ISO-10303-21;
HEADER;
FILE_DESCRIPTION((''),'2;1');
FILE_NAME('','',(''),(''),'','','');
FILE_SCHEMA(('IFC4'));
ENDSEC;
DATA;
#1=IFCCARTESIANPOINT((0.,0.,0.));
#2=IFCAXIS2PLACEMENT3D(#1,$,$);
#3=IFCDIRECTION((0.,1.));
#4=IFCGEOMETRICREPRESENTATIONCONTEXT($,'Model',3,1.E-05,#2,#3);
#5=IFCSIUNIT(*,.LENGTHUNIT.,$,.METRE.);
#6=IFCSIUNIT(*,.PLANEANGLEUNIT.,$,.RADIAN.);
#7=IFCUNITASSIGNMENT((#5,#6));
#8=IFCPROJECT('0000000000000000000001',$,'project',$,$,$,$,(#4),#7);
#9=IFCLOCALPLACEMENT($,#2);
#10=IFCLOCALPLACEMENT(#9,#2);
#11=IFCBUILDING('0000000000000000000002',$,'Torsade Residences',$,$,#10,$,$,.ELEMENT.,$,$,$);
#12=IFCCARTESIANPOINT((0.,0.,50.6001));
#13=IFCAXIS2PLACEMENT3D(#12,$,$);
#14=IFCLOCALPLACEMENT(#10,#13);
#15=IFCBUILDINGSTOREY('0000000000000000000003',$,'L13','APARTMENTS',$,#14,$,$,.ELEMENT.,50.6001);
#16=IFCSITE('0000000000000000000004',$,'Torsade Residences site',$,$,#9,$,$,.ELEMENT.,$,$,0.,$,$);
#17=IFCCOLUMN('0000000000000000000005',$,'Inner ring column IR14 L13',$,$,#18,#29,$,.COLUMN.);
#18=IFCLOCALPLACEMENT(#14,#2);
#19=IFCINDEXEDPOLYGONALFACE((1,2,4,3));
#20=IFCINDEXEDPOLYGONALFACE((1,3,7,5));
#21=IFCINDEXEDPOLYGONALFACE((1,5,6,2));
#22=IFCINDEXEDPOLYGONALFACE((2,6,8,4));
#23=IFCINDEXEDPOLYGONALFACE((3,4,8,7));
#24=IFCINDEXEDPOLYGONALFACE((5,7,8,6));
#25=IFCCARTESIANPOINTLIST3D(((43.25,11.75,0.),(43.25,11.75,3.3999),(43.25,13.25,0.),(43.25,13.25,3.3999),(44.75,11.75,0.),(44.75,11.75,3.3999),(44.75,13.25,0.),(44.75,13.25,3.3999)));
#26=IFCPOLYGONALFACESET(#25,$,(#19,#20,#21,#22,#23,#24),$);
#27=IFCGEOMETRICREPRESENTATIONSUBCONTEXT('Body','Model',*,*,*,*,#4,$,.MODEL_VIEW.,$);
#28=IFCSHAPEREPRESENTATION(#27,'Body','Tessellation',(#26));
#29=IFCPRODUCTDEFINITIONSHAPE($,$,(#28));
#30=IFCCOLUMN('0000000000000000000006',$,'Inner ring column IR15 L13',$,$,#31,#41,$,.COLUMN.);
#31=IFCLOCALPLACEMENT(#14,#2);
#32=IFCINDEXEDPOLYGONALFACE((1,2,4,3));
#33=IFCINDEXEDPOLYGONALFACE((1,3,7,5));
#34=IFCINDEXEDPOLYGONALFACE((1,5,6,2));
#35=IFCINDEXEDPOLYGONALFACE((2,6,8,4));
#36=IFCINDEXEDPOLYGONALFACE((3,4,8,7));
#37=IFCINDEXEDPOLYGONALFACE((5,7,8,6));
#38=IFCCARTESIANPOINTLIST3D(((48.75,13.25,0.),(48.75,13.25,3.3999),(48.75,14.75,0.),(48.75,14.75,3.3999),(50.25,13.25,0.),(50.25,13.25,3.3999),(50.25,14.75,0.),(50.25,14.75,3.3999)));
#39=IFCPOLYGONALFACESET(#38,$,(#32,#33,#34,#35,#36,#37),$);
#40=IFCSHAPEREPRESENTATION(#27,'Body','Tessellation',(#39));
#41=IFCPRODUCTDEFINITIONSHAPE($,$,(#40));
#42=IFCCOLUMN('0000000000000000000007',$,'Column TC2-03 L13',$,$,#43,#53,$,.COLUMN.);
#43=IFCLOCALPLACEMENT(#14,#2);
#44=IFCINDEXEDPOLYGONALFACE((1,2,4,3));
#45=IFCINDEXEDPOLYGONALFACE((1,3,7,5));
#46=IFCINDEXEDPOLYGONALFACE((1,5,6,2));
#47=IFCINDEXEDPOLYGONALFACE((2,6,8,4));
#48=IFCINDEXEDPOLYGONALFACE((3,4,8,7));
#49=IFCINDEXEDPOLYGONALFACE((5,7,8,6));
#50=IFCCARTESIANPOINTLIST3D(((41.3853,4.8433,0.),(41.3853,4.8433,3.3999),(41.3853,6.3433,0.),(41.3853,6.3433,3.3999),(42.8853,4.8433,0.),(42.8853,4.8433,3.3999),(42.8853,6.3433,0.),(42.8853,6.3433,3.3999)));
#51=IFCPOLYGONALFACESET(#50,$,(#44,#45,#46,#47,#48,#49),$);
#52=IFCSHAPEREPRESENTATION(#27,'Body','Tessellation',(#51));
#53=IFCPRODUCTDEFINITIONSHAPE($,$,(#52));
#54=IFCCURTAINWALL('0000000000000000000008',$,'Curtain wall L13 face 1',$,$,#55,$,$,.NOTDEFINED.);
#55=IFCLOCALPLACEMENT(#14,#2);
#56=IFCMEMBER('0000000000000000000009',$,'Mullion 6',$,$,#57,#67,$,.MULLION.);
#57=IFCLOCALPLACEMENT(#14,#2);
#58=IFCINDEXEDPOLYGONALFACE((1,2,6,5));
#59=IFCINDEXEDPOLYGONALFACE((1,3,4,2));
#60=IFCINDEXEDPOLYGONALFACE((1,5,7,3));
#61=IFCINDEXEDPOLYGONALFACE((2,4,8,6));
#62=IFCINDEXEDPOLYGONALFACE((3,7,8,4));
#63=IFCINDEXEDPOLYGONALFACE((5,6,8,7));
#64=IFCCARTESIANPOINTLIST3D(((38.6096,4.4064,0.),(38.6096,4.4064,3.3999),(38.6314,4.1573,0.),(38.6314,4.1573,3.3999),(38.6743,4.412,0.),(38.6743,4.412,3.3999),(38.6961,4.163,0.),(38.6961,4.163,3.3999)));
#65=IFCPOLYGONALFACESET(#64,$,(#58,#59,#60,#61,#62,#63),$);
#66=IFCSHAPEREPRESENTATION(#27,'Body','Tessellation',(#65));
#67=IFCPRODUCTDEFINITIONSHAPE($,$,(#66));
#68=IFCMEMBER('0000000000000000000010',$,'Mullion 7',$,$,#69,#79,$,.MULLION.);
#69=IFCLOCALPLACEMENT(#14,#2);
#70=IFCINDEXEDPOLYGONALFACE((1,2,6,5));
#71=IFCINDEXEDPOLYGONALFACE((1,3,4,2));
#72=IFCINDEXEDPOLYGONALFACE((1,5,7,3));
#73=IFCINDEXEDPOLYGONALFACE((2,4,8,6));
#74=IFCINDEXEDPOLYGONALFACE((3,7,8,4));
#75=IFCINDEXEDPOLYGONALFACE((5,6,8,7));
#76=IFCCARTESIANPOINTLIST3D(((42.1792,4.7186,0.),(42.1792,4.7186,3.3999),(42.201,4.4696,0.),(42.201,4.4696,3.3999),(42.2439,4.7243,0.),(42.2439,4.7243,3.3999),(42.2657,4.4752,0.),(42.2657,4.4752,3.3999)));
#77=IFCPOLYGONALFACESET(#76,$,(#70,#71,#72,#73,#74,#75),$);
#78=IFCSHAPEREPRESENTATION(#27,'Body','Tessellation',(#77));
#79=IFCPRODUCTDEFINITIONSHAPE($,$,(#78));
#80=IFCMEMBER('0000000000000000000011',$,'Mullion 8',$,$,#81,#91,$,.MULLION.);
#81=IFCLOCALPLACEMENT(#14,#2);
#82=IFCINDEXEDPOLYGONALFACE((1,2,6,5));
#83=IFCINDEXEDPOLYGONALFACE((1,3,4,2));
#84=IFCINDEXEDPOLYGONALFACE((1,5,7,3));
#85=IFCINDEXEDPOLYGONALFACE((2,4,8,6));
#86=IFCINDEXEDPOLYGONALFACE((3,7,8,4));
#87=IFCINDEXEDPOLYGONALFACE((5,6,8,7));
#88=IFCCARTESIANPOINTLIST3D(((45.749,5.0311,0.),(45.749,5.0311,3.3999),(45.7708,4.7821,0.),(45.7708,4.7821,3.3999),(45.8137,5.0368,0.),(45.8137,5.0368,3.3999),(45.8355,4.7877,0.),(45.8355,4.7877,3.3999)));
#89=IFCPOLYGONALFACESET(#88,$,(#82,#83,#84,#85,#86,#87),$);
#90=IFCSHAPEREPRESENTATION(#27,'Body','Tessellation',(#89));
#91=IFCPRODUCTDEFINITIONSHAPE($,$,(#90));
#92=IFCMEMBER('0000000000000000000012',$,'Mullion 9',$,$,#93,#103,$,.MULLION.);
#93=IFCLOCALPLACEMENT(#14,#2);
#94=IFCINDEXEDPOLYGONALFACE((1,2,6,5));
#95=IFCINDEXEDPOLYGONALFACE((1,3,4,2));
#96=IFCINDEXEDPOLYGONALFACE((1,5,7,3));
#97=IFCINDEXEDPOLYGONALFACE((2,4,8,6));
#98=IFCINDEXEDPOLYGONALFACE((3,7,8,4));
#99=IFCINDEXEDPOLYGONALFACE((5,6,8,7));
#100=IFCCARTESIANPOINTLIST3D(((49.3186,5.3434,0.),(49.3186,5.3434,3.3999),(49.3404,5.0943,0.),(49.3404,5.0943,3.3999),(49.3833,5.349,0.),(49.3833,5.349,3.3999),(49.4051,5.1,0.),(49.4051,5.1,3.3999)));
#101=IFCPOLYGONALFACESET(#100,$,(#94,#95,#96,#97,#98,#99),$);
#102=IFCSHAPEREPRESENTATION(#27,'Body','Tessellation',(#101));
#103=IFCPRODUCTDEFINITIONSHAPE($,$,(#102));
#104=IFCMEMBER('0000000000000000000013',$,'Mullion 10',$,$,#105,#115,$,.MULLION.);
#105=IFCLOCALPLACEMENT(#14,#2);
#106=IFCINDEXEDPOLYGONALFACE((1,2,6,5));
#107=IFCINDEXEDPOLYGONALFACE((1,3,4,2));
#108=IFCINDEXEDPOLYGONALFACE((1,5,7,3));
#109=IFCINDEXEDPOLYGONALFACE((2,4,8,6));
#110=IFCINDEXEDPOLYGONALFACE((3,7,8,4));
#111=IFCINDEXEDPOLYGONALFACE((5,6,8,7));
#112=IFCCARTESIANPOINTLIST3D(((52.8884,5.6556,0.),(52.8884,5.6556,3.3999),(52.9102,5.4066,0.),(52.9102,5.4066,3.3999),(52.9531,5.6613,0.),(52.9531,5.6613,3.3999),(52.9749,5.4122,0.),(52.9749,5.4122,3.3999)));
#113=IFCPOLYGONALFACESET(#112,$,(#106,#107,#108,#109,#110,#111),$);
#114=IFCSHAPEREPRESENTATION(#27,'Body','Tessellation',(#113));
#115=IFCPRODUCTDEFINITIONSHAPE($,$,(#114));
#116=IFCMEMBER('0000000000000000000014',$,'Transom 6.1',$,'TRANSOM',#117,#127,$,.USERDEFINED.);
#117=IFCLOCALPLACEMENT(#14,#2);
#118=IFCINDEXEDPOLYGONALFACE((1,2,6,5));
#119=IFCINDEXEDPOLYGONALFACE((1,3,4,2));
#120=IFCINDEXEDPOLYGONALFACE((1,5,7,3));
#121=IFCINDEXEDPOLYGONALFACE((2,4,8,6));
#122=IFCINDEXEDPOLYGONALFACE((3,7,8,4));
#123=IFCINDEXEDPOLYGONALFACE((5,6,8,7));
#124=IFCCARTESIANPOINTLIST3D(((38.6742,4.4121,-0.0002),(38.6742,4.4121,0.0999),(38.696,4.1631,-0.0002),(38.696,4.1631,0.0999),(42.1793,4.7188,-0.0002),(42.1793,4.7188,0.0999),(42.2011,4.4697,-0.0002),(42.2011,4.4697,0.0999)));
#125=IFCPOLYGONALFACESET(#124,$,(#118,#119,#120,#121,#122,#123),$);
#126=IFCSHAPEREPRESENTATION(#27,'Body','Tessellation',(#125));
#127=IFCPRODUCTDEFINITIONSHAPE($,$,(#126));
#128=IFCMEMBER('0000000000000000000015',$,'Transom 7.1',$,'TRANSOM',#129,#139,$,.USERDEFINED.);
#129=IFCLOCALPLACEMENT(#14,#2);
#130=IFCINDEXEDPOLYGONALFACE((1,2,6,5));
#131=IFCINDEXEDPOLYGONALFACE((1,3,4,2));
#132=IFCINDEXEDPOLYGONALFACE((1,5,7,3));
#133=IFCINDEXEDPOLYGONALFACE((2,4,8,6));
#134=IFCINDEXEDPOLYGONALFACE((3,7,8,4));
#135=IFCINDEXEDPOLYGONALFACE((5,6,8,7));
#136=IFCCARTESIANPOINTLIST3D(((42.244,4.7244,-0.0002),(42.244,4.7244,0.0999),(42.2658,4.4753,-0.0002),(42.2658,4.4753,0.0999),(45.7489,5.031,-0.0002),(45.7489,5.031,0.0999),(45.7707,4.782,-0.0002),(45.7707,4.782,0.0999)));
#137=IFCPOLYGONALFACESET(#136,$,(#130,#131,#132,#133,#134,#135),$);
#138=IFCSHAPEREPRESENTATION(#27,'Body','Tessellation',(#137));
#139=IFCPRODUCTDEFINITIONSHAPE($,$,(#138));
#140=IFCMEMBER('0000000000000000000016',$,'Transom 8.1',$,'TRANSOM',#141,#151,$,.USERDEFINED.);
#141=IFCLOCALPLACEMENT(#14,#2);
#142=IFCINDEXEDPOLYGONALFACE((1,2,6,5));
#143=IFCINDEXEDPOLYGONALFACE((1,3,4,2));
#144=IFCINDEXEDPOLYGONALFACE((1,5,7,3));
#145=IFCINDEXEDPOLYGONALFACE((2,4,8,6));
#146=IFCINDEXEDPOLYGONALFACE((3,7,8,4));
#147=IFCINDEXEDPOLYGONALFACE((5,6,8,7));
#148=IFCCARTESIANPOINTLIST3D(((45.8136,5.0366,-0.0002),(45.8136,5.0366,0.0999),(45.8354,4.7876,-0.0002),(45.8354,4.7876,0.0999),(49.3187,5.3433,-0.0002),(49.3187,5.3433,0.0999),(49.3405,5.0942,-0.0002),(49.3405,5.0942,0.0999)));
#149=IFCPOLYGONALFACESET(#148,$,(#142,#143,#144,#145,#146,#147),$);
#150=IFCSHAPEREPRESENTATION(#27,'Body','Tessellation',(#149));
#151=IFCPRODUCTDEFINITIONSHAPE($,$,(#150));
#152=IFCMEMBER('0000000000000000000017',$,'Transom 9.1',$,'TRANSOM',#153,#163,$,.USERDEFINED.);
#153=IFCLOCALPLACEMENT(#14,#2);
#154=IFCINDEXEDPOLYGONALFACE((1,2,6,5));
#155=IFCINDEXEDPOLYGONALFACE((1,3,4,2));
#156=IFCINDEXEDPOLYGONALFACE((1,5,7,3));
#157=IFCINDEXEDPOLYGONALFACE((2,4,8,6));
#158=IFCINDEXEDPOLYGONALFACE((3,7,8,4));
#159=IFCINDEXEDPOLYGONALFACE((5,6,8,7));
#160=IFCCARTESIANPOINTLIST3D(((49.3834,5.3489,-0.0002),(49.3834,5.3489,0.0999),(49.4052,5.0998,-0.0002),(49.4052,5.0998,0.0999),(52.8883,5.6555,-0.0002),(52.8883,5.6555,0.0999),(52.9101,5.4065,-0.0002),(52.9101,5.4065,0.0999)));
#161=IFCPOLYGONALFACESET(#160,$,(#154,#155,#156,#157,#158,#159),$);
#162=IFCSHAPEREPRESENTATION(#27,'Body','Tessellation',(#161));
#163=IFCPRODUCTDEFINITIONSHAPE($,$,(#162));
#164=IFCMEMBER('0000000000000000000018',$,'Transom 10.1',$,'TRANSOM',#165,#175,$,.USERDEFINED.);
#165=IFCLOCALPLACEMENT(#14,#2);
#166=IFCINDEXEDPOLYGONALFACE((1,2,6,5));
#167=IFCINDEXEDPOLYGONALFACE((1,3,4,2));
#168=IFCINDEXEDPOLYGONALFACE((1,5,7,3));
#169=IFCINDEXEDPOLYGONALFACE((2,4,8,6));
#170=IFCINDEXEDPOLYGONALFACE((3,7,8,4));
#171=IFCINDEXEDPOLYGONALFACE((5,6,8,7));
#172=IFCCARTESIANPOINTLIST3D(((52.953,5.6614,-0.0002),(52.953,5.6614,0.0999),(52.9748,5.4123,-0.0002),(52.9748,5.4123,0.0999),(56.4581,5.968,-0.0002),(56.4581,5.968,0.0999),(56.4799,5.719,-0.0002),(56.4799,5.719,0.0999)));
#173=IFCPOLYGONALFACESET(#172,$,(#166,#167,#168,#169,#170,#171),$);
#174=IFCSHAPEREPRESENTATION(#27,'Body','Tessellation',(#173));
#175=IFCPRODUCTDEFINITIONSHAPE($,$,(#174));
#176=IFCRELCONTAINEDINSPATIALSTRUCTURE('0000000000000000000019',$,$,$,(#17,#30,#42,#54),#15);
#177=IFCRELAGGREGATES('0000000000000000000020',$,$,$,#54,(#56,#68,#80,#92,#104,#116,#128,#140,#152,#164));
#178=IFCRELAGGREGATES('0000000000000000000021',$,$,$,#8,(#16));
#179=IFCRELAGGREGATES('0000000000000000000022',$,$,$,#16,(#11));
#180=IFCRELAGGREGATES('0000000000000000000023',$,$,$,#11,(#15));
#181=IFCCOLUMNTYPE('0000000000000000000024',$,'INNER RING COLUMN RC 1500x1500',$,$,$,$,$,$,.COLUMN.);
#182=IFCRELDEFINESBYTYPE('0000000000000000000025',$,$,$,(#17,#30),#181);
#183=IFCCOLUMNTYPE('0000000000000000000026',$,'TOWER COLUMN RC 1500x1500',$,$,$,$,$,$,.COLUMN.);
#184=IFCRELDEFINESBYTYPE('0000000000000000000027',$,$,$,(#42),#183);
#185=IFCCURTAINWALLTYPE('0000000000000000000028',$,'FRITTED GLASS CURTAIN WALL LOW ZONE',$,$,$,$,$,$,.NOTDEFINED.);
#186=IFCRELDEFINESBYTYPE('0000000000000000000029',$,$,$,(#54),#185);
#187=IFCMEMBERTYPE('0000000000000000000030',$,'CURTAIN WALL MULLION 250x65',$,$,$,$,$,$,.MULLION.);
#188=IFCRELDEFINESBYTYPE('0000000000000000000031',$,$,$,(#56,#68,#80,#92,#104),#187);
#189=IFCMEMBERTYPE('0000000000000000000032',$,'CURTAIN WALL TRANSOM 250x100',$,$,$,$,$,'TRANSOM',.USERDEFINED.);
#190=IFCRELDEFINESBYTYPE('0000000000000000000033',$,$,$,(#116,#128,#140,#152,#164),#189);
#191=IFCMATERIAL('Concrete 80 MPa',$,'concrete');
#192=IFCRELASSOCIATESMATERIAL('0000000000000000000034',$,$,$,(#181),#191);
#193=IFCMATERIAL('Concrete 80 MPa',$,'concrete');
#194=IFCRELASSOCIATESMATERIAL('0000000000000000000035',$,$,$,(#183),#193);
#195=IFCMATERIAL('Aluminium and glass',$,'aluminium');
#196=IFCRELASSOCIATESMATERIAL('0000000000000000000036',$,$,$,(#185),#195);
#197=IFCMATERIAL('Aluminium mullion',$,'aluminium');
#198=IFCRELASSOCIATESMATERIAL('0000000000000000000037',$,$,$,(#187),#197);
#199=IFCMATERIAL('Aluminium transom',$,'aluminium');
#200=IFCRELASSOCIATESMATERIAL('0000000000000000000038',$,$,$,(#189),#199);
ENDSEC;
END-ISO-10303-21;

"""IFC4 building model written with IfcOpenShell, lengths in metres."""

from ifc_helpers import new_model, si_unit, direction, frame, origin, origin_2d, place, context, subcontext, project, spatial, rectangle, extrude, material, material_profile, profile_set, type_object, element, aggregate, save


model = new_model("IFC4")

# Units and contexts
model_context = context("Model", 3, precision=1e-05, world=origin(), true_north=direction((0.0, 1.0)))
body_context = subcontext(model_context, "Body", "Model", "MODEL_VIEW")
ifc_project = project(units=[si_unit("LENGTHUNIT", "METRE"), si_unit("PLANEANGLEUNIT", "RADIAN")], contexts=[model_context])

# Site, building, storey
site_placement = place(None, origin())
site = spatial("IfcSite", under=ifc_project, at=site_placement, Name="Torsade Residences site", CompositionType="ELEMENT", RefElevation=0.0)
building_placement = place(site_placement, origin())
building = spatial("IfcBuilding", under=site, at=building_placement, Name="Torsade Residences", CompositionType="ELEMENT")
storey_placement = place(building_placement, frame((0.0, 0.0, 50.6001)))
storey = spatial("IfcBuildingStorey", under=building, at=storey_placement, Name="L13", Description="APARTMENTS", CompositionType="ELEMENT", Elevation=50.6001)

# Columns
ifc_material_1 = material(Name="Concrete 80 MPa", Category="concrete")
ifc_material_profile_1 = material_profile(ifc_material_1, rectangle(XDim=1.5, YDim=1.5, at=origin_2d()), Name="RC 1500x1500")
ifc_profile_set_1 = profile_set([ifc_material_profile_1], Name="Concrete 80 MPa")
column_type_1 = type_object("IfcColumnType", Name="INNER RING COLUMN RC 1500x1500", PredefinedType="COLUMN", material=ifc_profile_set_1)
for number, where, z_axis, x_axis, name in (
    (1, (44.0, 12.5, 0.0), (0.0, 0.0, 1.0), (1.0, 0.0, 0.0), "Inner ring column IR14 L13"),
    (2, (49.5, 14.0, 0.0), (0.0, 0.0, 1.0), (1.0, 0.0, 0.0), "Inner ring column IR15 L13"),
):
    element("IfcColumn", number, at=place(storey_placement, frame(where, z_axis=z_axis, x_axis=x_axis)), inside=storey, type_object=column_type_1, Name=name, PredefinedType="COLUMN", context=body_context, shape_type="SweptSolid", body=[
        extrude(rectangle(XDim=1.5, YDim=1.5, at=origin_2d()), origin(), (0.0, 0.0, 1.0), 3.3999),
    ])
ifc_material_2 = material(Name="Concrete 80 MPa", Category="concrete")
ifc_material_profile_2 = material_profile(ifc_material_2, rectangle(XDim=1.5, YDim=1.5, at=origin_2d()), Name="RC 1500x1500")
ifc_profile_set_2 = profile_set([ifc_material_profile_2], Name="Concrete 80 MPa")
column_type_2 = type_object("IfcColumnType", Name="TOWER COLUMN RC 1500x1500", PredefinedType="COLUMN", material=ifc_profile_set_2)
column_placement = place(storey_placement, frame((42.1353, 5.5933, 0.0), z_axis=(0.0, 0.0, 1.0), x_axis=(1.0, 0.0, 0.0)))
element("IfcColumn", 3, at=column_placement, inside=storey, type_object=column_type_2, Name="Column TC2-03 L13", PredefinedType="COLUMN", context=body_context, shape_type="SweptSolid", body=[
    extrude(rectangle(XDim=1.5, YDim=1.5, at=origin_2d()), origin(), (0.0, 0.0, 1.0), 3.3999),
])

# Curtain wall, members
ifc_material_3 = material(Name="Aluminium and glass", Category="aluminium")
curtain_wall_type = type_object("IfcCurtainWallType", Name="FRITTED GLASS CURTAIN WALL LOW ZONE", PredefinedType="NOTDEFINED", material=ifc_material_3)
curtain_wall_placement = place(storey_placement, origin())
curtain_wall = element("IfcCurtainWall", 4, at=curtain_wall_placement, inside=storey, type_object=curtain_wall_type, Name="Curtain wall L13 face 1", PredefinedType="NOTDEFINED")
ifc_material_4 = material(Name="Aluminium mullion", Category="aluminium")
ifc_material_profile_3 = material_profile(ifc_material_4, rectangle(XDim=0.25, YDim=0.0649, at=origin_2d()), Name="CURTAIN WALL MULLION 250x65")
ifc_profile_set_3 = profile_set([ifc_material_profile_3], Name="Aluminium mullion")
member_type_1 = type_object("IfcMemberType", Name="CURTAIN WALL MULLION 250x65", PredefinedType="MULLION", material=ifc_profile_set_3)
member_1_placement = place(storey_placement, frame((38.6528, 4.2847, 0.0), z_axis=(0.0, 0.0, 1.0), x_axis=(-0.087156, 0.996195, 0.0)))
member_1 = element("IfcMember", 5, at=member_1_placement, type_object=member_type_1, Name="Mullion 6", PredefinedType="MULLION", context=body_context, shape_type="SweptSolid", body=[
    extrude(rectangle(XDim=0.25, YDim=0.0649, at=origin_2d()), origin(), (0.0, 0.0, 1.0), 3.3999),
])
member_2_placement = place(storey_placement, frame((42.2224, 4.5969, 0.0), z_axis=(0.0, 0.0, 1.0), x_axis=(-0.087156, 0.996195, 0.0)))
member_2 = element("IfcMember", 6, at=member_2_placement, type_object=member_type_1, Name="Mullion 7", PredefinedType="MULLION", context=body_context, shape_type="SweptSolid", body=[
    extrude(rectangle(XDim=0.25, YDim=0.0649, at=origin_2d()), origin(), (0.0, 0.0, 1.0), 3.3999),
])
member_3_placement = place(storey_placement, frame((45.7922, 4.9094, 0.0), z_axis=(0.0, 0.0, 1.0), x_axis=(-0.087156, 0.996195, 0.0)))
member_3 = element("IfcMember", 7, at=member_3_placement, type_object=member_type_1, Name="Mullion 8", PredefinedType="MULLION", context=body_context, shape_type="SweptSolid", body=[
    extrude(rectangle(XDim=0.25, YDim=0.0649, at=origin_2d()), origin(), (0.0, 0.0, 1.0), 3.3999),
])
member_4_placement = place(storey_placement, frame((49.3618, 5.2217, 0.0), z_axis=(0.0, 0.0, 1.0), x_axis=(-0.087156, 0.996195, 0.0)))
member_4 = element("IfcMember", 8, at=member_4_placement, type_object=member_type_1, Name="Mullion 9", PredefinedType="MULLION", context=body_context, shape_type="SweptSolid", body=[
    extrude(rectangle(XDim=0.25, YDim=0.0649, at=origin_2d()), origin(), (0.0, 0.0, 1.0), 3.3999),
])
member_5_placement = place(storey_placement, frame((52.9316, 5.5339, 0.0), z_axis=(0.0, 0.0, 1.0), x_axis=(-0.087156, 0.996195, 0.0)))
member_5 = element("IfcMember", 9, at=member_5_placement, type_object=member_type_1, Name="Mullion 10", PredefinedType="MULLION", context=body_context, shape_type="SweptSolid", body=[
    extrude(rectangle(XDim=0.25, YDim=0.0649, at=origin_2d()), origin(), (0.0, 0.0, 1.0), 3.3999),
])
ifc_material_5 = material(Name="Aluminium transom", Category="aluminium")
ifc_material_profile_4 = material_profile(ifc_material_5, rectangle(XDim=0.25, YDim=0.1001, at=origin_2d()), Name="CURTAIN WALL TRANSOM 250x100")
ifc_profile_set_4 = profile_set([ifc_material_profile_4], Name="Aluminium transom")
member_type_2 = type_object("IfcMemberType", Name="CURTAIN WALL TRANSOM 250x100", ElementType="TRANSOM", PredefinedType="USERDEFINED", material=ifc_profile_set_4)
member_6_placement = place(storey_placement, frame((38.6851, 4.2876, 0.0498), z_axis=(0.996195, 0.087151, 0.0), x_axis=(-0.087151, 0.996195, 0.0)))
member_6 = element("IfcMember", 10, at=member_6_placement, type_object=member_type_2, Name="Transom 6.1", ObjectType="TRANSOM", PredefinedType="USERDEFINED", context=body_context, shape_type="SweptSolid", body=[
    extrude(rectangle(XDim=0.25, YDim=0.1001, at=origin_2d()), origin(), (0.0, 0.0, 1.0), 3.5186),
])
member_7_placement = place(storey_placement, frame((42.2549, 4.5999, 0.0498), z_axis=(0.996195, 0.087157, 0.0), x_axis=(-0.087157, 0.996195, 0.0)))
member_7 = element("IfcMember", 11, at=member_7_placement, type_object=member_type_2, Name="Transom 7.1", ObjectType="TRANSOM", PredefinedType="USERDEFINED", context=body_context, shape_type="SweptSolid", body=[
    extrude(rectangle(XDim=0.25, YDim=0.1001, at=origin_2d()), origin(), (0.0, 0.0, 1.0), 3.5183),
])
member_8_placement = place(storey_placement, frame((45.8245, 4.9121, 0.0498), z_axis=(0.996195, 0.087151, 0.0), x_axis=(-0.087151, 0.996195, 0.0)))
member_8 = element("IfcMember", 12, at=member_8_placement, type_object=member_type_2, Name="Transom 8.1", ObjectType="TRANSOM", PredefinedType="USERDEFINED", context=body_context, shape_type="SweptSolid", body=[
    extrude(rectangle(XDim=0.25, YDim=0.1001, at=origin_2d()), origin(), (0.0, 0.0, 1.0), 3.5186),
])
member_9_placement = place(storey_placement, frame((49.3943, 5.2244, 0.0498), z_axis=(0.996195, 0.087157, 0.0), x_axis=(-0.087157, 0.996195, 0.0)))
member_9 = element("IfcMember", 13, at=member_9_placement, type_object=member_type_2, Name="Transom 9.1", ObjectType="TRANSOM", PredefinedType="USERDEFINED", context=body_context, shape_type="SweptSolid", body=[
    extrude(rectangle(XDim=0.25, YDim=0.1001, at=origin_2d()), origin(), (0.0, 0.0, 1.0), 3.5183),
])
member_10_placement = place(storey_placement, frame((52.9639, 5.5369, 0.0498), z_axis=(0.996195, 0.087151, 0.0), x_axis=(-0.087151, 0.996195, 0.0)))
member_10 = element("IfcMember", 14, at=member_10_placement, type_object=member_type_2, Name="Transom 10.1", ObjectType="TRANSOM", PredefinedType="USERDEFINED", context=body_context, shape_type="SweptSolid", body=[
    extrude(rectangle(XDim=0.25, YDim=0.1001, at=origin_2d()), origin(), (0.0, 0.0, 1.0), 3.5186),
])

aggregate(curtain_wall, [member_1, member_2, member_3, member_4, member_5, member_6, member_7, member_8, member_9, member_10])

save(model, "model.ifc")
